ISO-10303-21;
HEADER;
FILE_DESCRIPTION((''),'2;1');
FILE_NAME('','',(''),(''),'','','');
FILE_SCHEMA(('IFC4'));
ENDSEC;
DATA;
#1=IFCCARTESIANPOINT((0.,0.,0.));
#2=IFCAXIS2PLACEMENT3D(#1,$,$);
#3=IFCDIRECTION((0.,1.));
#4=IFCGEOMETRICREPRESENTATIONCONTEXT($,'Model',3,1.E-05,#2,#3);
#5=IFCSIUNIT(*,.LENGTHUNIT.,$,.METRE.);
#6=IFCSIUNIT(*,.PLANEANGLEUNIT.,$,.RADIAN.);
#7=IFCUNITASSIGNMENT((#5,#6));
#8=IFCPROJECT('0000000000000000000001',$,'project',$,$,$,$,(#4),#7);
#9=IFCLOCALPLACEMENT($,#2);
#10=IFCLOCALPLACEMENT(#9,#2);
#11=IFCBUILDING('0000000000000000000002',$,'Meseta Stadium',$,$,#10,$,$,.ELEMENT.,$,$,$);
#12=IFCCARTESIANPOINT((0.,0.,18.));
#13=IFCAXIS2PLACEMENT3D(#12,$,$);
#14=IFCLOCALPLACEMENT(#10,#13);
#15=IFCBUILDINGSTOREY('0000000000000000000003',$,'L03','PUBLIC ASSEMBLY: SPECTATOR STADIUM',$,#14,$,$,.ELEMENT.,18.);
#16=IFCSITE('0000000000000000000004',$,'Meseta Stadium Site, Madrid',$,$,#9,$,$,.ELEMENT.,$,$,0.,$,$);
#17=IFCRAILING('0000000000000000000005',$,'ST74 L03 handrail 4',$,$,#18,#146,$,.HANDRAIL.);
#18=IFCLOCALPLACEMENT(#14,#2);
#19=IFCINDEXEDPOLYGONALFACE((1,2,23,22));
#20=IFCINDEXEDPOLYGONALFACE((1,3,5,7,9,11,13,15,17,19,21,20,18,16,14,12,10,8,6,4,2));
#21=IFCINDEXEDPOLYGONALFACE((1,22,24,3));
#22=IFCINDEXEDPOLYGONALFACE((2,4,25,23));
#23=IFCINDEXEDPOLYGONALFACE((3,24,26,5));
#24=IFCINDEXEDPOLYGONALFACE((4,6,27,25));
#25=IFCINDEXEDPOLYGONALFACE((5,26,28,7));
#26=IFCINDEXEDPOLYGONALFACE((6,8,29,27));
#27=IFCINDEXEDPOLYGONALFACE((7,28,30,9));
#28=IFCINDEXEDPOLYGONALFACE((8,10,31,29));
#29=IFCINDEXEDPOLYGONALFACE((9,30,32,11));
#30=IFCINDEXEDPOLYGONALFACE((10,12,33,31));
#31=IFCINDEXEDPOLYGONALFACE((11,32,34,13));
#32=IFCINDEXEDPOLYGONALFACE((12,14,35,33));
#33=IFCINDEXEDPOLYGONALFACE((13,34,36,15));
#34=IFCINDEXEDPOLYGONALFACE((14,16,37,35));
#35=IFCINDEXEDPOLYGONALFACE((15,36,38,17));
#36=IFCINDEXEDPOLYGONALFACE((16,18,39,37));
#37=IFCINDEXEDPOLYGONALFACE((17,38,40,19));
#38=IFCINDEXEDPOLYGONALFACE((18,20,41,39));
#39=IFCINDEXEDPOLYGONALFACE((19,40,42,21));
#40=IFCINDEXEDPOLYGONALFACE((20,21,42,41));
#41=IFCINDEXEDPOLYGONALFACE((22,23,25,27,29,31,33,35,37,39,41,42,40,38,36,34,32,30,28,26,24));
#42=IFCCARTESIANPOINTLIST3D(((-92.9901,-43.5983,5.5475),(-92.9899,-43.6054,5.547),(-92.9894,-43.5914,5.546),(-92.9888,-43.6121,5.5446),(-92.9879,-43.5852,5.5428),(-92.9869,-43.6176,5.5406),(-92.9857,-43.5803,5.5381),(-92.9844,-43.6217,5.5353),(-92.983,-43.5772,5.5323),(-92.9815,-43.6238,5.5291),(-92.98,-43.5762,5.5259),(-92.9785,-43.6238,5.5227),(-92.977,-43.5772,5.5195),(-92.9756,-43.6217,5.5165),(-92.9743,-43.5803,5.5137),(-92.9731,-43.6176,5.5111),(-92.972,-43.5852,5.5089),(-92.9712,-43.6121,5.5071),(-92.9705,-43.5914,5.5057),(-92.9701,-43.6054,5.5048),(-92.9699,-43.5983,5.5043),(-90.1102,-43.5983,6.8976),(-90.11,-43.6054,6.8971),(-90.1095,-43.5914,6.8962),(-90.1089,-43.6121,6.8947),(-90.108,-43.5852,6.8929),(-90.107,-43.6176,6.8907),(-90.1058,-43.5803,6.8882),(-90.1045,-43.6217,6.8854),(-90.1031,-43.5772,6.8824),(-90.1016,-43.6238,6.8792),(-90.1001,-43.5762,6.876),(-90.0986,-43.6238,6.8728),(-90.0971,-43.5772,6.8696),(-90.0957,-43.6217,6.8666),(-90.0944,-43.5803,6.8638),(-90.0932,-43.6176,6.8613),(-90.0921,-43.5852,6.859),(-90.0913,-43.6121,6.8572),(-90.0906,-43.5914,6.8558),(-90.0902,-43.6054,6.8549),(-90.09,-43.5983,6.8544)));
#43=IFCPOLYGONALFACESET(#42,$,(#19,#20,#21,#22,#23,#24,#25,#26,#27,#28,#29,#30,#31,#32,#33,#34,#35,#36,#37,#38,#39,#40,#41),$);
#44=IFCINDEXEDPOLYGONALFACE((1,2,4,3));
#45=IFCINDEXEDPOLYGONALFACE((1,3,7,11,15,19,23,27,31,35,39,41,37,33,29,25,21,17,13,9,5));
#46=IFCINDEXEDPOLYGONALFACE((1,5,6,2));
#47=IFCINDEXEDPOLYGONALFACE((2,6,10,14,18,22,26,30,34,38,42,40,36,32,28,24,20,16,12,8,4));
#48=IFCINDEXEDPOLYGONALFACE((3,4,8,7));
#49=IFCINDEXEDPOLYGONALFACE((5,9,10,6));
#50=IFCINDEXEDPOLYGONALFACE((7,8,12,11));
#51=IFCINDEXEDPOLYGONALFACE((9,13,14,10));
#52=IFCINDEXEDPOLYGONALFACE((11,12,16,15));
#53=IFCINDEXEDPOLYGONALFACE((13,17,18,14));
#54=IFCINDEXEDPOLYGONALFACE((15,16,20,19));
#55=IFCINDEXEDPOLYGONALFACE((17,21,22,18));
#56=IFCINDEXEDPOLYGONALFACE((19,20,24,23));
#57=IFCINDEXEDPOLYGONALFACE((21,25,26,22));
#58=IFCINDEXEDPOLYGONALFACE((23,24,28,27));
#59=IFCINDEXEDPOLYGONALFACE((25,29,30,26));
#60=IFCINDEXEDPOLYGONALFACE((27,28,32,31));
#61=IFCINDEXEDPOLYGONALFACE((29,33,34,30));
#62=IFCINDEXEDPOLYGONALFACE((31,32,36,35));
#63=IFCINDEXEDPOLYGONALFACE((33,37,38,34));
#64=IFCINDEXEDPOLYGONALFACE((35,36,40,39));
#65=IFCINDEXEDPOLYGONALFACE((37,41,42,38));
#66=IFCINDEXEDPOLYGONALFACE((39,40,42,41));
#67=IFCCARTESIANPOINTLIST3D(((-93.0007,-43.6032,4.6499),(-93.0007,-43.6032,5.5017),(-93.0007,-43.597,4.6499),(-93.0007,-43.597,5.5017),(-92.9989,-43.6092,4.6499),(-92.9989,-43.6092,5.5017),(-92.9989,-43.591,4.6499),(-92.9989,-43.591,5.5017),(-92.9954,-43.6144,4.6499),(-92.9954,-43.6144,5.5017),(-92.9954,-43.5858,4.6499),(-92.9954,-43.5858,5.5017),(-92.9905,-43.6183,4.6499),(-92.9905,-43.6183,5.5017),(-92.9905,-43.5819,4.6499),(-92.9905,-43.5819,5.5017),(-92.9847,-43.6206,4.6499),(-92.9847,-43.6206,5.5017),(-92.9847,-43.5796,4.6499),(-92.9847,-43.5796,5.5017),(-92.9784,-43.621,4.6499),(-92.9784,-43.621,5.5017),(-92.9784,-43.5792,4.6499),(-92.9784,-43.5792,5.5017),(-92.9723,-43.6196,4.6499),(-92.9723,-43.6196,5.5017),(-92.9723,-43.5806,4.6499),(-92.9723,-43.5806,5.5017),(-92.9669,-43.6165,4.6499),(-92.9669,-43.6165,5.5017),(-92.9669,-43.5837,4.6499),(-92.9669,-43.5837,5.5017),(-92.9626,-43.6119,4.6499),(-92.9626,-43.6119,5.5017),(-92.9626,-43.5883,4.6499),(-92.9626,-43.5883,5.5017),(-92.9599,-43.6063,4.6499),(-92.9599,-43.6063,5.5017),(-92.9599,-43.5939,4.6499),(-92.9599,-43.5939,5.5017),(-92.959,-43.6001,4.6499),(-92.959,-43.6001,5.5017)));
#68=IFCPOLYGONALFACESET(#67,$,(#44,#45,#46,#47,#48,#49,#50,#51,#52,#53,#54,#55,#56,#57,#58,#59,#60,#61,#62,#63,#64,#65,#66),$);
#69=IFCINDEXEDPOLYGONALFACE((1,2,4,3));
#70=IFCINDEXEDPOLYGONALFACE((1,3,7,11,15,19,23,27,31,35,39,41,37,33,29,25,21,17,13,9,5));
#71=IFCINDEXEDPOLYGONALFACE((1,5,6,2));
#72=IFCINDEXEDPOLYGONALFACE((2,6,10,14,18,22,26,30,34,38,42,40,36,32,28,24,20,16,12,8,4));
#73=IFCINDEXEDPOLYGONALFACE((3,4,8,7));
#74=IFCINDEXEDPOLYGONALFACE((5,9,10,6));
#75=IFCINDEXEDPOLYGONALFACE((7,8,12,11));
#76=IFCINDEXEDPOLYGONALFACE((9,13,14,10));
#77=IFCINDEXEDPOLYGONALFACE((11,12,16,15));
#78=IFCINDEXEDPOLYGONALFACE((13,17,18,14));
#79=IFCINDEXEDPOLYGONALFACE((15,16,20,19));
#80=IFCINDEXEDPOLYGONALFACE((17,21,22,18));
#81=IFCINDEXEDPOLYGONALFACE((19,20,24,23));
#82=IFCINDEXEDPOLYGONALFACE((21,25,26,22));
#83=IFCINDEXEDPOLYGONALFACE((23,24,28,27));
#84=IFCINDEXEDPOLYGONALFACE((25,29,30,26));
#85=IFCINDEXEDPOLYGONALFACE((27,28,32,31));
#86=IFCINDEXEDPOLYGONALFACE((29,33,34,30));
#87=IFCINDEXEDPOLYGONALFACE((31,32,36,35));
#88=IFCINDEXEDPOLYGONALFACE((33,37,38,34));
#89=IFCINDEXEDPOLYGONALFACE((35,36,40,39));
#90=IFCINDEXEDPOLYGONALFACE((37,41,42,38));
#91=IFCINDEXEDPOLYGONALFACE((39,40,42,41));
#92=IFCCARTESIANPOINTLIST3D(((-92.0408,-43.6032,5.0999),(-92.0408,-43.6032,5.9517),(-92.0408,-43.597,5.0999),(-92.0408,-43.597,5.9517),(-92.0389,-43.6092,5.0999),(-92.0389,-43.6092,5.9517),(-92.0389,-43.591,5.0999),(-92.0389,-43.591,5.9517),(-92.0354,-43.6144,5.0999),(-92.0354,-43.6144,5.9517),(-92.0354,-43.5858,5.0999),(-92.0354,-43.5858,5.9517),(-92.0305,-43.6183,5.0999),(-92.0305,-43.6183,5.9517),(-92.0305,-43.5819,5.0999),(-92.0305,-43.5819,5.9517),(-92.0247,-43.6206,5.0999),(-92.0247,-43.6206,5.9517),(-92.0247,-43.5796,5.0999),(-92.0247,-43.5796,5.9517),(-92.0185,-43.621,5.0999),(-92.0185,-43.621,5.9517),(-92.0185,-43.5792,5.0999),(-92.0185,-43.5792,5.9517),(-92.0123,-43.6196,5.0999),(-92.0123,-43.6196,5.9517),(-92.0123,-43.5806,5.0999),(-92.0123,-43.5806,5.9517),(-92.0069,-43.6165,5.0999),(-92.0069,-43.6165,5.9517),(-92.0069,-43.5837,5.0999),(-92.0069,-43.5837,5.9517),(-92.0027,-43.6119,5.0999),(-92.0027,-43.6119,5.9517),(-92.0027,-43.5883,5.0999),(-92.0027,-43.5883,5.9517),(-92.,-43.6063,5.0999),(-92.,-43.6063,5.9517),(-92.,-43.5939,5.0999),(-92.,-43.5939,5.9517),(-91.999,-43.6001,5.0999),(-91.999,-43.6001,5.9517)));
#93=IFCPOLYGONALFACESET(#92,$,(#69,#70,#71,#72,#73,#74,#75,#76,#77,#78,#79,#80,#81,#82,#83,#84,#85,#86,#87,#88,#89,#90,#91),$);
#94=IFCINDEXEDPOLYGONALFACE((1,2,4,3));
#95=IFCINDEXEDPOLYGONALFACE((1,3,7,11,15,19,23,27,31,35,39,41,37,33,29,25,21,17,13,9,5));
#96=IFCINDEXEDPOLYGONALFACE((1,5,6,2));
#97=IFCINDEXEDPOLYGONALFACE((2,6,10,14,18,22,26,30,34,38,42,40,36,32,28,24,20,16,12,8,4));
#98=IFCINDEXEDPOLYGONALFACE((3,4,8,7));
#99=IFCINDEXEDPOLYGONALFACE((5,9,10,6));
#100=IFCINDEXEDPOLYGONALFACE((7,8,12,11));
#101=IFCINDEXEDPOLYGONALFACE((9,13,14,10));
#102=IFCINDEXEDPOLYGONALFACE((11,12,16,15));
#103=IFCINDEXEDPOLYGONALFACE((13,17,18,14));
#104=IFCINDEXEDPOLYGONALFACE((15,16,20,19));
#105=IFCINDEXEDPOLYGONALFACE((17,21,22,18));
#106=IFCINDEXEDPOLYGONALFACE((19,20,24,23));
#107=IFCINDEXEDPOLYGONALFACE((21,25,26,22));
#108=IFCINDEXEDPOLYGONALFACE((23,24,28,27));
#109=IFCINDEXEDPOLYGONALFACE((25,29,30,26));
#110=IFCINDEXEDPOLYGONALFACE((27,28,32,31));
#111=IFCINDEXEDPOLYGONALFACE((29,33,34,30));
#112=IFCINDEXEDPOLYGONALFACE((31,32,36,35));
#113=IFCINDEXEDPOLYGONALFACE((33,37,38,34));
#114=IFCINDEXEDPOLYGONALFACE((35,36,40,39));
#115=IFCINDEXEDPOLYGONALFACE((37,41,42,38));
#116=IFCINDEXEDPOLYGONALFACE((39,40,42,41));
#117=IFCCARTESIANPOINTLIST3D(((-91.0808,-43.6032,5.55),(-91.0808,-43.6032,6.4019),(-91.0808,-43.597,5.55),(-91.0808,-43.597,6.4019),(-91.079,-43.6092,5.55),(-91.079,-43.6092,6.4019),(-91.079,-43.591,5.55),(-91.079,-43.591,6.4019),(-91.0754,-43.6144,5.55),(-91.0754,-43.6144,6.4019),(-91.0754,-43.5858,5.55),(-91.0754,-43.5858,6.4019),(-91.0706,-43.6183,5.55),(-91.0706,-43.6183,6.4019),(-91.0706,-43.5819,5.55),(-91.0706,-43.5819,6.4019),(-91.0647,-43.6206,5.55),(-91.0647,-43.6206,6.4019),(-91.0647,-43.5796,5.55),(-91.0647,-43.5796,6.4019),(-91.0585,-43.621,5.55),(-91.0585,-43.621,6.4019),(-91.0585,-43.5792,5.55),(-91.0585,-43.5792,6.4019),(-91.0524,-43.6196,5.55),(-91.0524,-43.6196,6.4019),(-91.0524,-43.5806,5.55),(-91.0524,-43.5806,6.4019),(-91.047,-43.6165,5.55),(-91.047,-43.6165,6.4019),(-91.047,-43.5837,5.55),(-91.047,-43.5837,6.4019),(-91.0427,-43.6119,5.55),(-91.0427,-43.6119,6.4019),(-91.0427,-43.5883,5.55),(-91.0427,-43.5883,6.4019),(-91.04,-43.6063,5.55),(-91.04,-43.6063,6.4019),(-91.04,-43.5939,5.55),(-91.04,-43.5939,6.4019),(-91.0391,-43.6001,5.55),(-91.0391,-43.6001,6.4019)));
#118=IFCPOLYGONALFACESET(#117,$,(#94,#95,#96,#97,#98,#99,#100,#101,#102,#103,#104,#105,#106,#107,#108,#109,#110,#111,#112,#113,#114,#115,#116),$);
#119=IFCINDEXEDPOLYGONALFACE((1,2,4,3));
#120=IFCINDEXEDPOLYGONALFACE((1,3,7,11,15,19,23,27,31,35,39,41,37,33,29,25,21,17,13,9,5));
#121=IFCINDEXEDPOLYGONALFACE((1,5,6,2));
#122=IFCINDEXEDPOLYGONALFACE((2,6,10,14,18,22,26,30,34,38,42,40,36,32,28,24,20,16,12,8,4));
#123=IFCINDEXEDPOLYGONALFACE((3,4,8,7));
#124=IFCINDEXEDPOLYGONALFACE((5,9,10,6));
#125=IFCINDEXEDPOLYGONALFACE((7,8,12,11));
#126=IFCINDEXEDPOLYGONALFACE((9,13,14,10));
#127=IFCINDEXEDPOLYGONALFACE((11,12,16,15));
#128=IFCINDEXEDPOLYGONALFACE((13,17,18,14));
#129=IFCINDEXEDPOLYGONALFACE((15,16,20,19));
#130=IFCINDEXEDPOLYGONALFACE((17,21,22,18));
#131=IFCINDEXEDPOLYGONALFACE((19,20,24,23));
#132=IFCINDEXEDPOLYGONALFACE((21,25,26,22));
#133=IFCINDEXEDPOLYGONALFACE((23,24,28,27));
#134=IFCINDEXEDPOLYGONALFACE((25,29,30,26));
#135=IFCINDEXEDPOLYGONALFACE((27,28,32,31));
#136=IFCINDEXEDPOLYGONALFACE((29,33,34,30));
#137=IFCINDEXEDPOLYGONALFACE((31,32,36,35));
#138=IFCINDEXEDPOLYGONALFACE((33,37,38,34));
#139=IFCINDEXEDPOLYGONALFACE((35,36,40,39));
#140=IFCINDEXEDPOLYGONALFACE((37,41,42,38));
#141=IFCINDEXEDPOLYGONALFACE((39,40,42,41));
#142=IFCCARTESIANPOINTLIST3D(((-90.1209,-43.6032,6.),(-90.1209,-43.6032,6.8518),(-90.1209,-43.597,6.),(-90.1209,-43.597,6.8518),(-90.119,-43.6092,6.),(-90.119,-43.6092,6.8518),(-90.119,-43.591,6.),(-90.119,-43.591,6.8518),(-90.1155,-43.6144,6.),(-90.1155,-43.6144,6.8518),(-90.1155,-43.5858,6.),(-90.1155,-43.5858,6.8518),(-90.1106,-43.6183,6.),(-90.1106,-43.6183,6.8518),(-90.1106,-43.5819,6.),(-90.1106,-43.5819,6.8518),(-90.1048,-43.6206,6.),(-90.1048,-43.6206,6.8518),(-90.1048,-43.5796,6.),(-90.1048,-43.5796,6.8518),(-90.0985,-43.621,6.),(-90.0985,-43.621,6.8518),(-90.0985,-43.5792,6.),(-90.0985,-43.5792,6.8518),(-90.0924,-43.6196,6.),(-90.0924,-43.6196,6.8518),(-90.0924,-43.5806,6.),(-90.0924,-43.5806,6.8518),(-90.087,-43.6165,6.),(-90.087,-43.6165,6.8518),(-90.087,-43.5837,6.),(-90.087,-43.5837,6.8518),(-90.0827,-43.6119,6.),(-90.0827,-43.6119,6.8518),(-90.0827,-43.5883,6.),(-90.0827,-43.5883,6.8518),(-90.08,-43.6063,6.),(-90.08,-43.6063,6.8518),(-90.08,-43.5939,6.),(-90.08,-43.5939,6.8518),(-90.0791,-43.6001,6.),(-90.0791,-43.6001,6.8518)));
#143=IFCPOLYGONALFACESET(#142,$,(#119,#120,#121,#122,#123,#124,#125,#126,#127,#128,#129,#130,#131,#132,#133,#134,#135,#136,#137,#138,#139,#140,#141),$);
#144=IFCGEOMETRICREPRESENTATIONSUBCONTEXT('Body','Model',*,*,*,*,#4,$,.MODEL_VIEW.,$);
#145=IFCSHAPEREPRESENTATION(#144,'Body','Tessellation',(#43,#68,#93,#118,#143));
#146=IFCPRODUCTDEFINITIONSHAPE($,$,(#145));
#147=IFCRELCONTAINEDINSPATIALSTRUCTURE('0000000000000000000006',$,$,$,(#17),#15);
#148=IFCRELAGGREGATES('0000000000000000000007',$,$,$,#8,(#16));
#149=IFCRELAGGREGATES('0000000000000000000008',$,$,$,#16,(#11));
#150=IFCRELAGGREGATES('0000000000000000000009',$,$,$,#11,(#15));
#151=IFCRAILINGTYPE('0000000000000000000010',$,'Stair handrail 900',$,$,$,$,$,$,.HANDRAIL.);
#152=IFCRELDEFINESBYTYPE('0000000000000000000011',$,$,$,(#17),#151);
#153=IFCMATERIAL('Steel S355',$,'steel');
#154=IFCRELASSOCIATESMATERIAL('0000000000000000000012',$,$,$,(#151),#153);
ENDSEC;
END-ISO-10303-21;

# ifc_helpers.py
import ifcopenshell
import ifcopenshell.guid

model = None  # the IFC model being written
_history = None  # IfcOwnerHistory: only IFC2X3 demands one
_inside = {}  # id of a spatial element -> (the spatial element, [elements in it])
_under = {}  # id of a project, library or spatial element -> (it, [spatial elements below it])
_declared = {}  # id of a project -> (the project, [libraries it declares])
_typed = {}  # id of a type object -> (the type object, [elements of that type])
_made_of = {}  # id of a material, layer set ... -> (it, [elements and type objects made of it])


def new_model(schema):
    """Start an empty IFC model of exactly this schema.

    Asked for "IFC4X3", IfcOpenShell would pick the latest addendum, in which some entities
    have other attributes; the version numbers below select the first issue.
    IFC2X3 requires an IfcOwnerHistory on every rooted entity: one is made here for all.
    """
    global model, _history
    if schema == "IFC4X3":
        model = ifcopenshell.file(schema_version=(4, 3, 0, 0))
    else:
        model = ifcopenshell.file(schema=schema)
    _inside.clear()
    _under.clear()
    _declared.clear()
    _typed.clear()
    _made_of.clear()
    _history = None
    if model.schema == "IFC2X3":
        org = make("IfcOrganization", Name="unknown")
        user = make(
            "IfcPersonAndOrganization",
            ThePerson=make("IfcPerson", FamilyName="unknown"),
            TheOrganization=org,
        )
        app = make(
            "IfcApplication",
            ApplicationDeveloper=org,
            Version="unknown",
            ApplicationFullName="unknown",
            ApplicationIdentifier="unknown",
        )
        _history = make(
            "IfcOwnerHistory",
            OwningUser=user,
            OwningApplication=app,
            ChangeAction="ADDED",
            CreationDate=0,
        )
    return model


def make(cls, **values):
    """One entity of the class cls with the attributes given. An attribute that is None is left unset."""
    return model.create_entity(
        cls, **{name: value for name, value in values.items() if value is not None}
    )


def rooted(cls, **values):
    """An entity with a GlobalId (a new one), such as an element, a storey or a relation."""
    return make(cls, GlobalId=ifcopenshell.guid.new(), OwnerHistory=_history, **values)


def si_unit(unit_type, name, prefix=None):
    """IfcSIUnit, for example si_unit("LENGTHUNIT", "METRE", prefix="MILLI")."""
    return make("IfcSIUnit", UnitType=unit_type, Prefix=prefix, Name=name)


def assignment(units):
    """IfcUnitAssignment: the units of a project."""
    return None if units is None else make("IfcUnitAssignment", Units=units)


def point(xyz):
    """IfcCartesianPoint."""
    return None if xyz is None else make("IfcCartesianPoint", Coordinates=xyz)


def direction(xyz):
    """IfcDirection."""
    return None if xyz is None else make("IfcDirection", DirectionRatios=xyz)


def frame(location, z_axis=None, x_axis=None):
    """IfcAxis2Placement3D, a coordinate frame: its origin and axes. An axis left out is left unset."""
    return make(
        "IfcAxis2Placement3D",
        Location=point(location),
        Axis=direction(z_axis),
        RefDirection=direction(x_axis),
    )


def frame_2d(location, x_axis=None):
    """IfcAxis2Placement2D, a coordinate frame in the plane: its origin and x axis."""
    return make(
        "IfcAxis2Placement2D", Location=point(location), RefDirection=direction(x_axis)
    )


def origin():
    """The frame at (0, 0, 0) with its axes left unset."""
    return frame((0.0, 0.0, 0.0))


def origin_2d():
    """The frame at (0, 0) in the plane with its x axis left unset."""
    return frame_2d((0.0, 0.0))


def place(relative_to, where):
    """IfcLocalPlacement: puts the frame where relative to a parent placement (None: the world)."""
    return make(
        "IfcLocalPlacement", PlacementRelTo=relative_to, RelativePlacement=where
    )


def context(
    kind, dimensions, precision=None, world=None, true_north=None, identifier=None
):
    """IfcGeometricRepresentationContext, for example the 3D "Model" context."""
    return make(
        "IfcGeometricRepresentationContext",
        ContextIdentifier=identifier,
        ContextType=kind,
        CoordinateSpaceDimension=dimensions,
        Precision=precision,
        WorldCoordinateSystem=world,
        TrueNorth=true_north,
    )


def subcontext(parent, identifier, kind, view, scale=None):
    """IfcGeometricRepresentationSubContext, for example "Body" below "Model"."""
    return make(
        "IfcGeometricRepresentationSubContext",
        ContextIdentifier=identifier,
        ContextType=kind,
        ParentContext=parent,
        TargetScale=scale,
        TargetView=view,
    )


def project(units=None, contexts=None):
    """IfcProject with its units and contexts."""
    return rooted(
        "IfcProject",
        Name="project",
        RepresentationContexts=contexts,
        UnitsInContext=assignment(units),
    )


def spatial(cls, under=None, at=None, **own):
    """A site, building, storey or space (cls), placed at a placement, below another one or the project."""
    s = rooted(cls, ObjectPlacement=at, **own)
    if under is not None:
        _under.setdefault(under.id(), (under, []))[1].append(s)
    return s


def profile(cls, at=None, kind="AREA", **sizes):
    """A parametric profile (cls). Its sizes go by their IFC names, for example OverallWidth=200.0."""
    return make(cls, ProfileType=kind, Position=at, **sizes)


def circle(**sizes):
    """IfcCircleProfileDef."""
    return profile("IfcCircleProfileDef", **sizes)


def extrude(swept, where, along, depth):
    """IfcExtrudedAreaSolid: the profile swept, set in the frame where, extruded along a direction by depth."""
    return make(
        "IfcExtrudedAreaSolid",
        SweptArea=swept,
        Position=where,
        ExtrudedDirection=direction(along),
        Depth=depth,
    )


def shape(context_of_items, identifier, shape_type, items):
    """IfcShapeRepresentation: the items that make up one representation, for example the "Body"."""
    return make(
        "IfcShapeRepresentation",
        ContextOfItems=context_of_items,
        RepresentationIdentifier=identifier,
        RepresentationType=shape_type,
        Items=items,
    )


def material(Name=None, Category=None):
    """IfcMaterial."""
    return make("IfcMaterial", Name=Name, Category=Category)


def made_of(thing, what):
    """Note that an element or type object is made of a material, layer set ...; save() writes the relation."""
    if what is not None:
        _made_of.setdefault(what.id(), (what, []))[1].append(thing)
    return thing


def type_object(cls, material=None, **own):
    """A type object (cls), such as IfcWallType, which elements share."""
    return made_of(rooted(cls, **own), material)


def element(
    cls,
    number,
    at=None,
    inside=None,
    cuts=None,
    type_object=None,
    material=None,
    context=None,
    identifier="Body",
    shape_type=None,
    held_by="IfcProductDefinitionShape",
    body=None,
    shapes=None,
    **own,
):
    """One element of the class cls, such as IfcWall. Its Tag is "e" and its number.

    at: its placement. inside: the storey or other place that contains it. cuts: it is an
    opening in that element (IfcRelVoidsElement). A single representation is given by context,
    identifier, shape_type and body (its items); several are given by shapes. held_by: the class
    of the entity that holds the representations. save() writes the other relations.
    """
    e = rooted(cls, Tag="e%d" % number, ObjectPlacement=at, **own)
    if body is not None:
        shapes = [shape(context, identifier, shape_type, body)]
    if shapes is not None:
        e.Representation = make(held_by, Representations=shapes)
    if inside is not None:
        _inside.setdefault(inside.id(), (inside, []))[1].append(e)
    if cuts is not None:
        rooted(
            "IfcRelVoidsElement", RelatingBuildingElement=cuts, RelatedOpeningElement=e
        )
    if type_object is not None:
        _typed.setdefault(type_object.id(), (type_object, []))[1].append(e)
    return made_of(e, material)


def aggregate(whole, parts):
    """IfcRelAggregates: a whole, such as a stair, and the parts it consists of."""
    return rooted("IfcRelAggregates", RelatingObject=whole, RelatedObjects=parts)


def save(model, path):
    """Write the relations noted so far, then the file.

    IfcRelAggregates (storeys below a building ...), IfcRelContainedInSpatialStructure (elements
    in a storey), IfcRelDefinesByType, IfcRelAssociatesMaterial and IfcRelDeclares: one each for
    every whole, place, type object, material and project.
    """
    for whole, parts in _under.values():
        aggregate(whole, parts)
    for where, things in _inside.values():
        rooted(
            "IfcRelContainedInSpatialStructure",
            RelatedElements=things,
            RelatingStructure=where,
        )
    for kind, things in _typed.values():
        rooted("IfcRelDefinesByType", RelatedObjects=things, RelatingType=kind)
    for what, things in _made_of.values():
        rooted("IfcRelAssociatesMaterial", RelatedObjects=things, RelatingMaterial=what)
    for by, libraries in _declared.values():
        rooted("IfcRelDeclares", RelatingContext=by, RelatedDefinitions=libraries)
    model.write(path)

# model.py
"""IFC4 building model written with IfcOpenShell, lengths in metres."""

from ifc_helpers import new_model, si_unit, direction, frame, origin, origin_2d, place, context, subcontext, project, spatial, circle, extrude, material, type_object, element, save


model = new_model("IFC4")

# Units and contexts
model_context = context("Model", 3, precision=1e-05, world=origin(), true_north=direction((0.0, 1.0)))
body_context = subcontext(model_context, "Body", "Model", "MODEL_VIEW")
ifc_project = project(units=[si_unit("LENGTHUNIT", "METRE"), si_unit("PLANEANGLEUNIT", "RADIAN")], contexts=[model_context])

# Site, building, storey
site_placement = place(None, origin())
site = spatial("IfcSite", under=ifc_project, at=site_placement, Name="Meseta Stadium Site, Madrid", CompositionType="ELEMENT", RefElevation=0.0)
building_placement = place(site_placement, origin())
building = spatial("IfcBuilding", under=site, at=building_placement, Name="Meseta Stadium", CompositionType="ELEMENT")
storey_placement = place(building_placement, frame((0.0, 0.0, 18.0)))
storey = spatial("IfcBuildingStorey", under=building, at=storey_placement, Name="L03", Description="PUBLIC ASSEMBLY: SPECTATOR STADIUM", CompositionType="ELEMENT", Elevation=18.0)

# Railing
ifc_material_1 = material(Name="Steel S355", Category="steel")
railing_type_1 = type_object("IfcRailingType", Name="Stair handrail 900", PredefinedType="HANDRAIL", material=ifc_material_1)
for number, where, name in (
    (1, (-92.98, -43.6001, 4.6499), "ST74 L03 handrail 4"),
):
    element("IfcRailing", number, at=place(storey_placement, frame(where)), inside=storey, type_object=railing_type_1, Name=name, PredefinedType="HANDRAIL", context=body_context, shape_type="SweptSolid", body=[
        extrude(circle(Radius=0.0239, at=origin_2d()), frame((0.0, 0.0, 0.876), z_axis=(0.90544, 0.0, 0.424473), x_axis=(0.0, 1.0, 0.0)), (0.0, 0.0, 1.0), 3.1807),
        extrude(circle(Radius=0.021, at=origin_2d()), origin(), (0.0, 0.0, 1.0), 0.8518),
        extrude(circle(Radius=0.021, at=origin_2d()), frame((0.96, 0.0, 0.45)), (0.0, 0.0, 1.0), 0.8518),
        extrude(circle(Radius=0.021, at=origin_2d()), frame((1.9199, 0.0, 0.9001)), (0.0, 0.0, 1.0), 0.8518),
        extrude(circle(Radius=0.021, at=origin_2d()), frame((2.8799, 0.0, 1.3501)), (0.0, 0.0, 1.0), 0.8518),
    ])

save(model, "model.ifc")
